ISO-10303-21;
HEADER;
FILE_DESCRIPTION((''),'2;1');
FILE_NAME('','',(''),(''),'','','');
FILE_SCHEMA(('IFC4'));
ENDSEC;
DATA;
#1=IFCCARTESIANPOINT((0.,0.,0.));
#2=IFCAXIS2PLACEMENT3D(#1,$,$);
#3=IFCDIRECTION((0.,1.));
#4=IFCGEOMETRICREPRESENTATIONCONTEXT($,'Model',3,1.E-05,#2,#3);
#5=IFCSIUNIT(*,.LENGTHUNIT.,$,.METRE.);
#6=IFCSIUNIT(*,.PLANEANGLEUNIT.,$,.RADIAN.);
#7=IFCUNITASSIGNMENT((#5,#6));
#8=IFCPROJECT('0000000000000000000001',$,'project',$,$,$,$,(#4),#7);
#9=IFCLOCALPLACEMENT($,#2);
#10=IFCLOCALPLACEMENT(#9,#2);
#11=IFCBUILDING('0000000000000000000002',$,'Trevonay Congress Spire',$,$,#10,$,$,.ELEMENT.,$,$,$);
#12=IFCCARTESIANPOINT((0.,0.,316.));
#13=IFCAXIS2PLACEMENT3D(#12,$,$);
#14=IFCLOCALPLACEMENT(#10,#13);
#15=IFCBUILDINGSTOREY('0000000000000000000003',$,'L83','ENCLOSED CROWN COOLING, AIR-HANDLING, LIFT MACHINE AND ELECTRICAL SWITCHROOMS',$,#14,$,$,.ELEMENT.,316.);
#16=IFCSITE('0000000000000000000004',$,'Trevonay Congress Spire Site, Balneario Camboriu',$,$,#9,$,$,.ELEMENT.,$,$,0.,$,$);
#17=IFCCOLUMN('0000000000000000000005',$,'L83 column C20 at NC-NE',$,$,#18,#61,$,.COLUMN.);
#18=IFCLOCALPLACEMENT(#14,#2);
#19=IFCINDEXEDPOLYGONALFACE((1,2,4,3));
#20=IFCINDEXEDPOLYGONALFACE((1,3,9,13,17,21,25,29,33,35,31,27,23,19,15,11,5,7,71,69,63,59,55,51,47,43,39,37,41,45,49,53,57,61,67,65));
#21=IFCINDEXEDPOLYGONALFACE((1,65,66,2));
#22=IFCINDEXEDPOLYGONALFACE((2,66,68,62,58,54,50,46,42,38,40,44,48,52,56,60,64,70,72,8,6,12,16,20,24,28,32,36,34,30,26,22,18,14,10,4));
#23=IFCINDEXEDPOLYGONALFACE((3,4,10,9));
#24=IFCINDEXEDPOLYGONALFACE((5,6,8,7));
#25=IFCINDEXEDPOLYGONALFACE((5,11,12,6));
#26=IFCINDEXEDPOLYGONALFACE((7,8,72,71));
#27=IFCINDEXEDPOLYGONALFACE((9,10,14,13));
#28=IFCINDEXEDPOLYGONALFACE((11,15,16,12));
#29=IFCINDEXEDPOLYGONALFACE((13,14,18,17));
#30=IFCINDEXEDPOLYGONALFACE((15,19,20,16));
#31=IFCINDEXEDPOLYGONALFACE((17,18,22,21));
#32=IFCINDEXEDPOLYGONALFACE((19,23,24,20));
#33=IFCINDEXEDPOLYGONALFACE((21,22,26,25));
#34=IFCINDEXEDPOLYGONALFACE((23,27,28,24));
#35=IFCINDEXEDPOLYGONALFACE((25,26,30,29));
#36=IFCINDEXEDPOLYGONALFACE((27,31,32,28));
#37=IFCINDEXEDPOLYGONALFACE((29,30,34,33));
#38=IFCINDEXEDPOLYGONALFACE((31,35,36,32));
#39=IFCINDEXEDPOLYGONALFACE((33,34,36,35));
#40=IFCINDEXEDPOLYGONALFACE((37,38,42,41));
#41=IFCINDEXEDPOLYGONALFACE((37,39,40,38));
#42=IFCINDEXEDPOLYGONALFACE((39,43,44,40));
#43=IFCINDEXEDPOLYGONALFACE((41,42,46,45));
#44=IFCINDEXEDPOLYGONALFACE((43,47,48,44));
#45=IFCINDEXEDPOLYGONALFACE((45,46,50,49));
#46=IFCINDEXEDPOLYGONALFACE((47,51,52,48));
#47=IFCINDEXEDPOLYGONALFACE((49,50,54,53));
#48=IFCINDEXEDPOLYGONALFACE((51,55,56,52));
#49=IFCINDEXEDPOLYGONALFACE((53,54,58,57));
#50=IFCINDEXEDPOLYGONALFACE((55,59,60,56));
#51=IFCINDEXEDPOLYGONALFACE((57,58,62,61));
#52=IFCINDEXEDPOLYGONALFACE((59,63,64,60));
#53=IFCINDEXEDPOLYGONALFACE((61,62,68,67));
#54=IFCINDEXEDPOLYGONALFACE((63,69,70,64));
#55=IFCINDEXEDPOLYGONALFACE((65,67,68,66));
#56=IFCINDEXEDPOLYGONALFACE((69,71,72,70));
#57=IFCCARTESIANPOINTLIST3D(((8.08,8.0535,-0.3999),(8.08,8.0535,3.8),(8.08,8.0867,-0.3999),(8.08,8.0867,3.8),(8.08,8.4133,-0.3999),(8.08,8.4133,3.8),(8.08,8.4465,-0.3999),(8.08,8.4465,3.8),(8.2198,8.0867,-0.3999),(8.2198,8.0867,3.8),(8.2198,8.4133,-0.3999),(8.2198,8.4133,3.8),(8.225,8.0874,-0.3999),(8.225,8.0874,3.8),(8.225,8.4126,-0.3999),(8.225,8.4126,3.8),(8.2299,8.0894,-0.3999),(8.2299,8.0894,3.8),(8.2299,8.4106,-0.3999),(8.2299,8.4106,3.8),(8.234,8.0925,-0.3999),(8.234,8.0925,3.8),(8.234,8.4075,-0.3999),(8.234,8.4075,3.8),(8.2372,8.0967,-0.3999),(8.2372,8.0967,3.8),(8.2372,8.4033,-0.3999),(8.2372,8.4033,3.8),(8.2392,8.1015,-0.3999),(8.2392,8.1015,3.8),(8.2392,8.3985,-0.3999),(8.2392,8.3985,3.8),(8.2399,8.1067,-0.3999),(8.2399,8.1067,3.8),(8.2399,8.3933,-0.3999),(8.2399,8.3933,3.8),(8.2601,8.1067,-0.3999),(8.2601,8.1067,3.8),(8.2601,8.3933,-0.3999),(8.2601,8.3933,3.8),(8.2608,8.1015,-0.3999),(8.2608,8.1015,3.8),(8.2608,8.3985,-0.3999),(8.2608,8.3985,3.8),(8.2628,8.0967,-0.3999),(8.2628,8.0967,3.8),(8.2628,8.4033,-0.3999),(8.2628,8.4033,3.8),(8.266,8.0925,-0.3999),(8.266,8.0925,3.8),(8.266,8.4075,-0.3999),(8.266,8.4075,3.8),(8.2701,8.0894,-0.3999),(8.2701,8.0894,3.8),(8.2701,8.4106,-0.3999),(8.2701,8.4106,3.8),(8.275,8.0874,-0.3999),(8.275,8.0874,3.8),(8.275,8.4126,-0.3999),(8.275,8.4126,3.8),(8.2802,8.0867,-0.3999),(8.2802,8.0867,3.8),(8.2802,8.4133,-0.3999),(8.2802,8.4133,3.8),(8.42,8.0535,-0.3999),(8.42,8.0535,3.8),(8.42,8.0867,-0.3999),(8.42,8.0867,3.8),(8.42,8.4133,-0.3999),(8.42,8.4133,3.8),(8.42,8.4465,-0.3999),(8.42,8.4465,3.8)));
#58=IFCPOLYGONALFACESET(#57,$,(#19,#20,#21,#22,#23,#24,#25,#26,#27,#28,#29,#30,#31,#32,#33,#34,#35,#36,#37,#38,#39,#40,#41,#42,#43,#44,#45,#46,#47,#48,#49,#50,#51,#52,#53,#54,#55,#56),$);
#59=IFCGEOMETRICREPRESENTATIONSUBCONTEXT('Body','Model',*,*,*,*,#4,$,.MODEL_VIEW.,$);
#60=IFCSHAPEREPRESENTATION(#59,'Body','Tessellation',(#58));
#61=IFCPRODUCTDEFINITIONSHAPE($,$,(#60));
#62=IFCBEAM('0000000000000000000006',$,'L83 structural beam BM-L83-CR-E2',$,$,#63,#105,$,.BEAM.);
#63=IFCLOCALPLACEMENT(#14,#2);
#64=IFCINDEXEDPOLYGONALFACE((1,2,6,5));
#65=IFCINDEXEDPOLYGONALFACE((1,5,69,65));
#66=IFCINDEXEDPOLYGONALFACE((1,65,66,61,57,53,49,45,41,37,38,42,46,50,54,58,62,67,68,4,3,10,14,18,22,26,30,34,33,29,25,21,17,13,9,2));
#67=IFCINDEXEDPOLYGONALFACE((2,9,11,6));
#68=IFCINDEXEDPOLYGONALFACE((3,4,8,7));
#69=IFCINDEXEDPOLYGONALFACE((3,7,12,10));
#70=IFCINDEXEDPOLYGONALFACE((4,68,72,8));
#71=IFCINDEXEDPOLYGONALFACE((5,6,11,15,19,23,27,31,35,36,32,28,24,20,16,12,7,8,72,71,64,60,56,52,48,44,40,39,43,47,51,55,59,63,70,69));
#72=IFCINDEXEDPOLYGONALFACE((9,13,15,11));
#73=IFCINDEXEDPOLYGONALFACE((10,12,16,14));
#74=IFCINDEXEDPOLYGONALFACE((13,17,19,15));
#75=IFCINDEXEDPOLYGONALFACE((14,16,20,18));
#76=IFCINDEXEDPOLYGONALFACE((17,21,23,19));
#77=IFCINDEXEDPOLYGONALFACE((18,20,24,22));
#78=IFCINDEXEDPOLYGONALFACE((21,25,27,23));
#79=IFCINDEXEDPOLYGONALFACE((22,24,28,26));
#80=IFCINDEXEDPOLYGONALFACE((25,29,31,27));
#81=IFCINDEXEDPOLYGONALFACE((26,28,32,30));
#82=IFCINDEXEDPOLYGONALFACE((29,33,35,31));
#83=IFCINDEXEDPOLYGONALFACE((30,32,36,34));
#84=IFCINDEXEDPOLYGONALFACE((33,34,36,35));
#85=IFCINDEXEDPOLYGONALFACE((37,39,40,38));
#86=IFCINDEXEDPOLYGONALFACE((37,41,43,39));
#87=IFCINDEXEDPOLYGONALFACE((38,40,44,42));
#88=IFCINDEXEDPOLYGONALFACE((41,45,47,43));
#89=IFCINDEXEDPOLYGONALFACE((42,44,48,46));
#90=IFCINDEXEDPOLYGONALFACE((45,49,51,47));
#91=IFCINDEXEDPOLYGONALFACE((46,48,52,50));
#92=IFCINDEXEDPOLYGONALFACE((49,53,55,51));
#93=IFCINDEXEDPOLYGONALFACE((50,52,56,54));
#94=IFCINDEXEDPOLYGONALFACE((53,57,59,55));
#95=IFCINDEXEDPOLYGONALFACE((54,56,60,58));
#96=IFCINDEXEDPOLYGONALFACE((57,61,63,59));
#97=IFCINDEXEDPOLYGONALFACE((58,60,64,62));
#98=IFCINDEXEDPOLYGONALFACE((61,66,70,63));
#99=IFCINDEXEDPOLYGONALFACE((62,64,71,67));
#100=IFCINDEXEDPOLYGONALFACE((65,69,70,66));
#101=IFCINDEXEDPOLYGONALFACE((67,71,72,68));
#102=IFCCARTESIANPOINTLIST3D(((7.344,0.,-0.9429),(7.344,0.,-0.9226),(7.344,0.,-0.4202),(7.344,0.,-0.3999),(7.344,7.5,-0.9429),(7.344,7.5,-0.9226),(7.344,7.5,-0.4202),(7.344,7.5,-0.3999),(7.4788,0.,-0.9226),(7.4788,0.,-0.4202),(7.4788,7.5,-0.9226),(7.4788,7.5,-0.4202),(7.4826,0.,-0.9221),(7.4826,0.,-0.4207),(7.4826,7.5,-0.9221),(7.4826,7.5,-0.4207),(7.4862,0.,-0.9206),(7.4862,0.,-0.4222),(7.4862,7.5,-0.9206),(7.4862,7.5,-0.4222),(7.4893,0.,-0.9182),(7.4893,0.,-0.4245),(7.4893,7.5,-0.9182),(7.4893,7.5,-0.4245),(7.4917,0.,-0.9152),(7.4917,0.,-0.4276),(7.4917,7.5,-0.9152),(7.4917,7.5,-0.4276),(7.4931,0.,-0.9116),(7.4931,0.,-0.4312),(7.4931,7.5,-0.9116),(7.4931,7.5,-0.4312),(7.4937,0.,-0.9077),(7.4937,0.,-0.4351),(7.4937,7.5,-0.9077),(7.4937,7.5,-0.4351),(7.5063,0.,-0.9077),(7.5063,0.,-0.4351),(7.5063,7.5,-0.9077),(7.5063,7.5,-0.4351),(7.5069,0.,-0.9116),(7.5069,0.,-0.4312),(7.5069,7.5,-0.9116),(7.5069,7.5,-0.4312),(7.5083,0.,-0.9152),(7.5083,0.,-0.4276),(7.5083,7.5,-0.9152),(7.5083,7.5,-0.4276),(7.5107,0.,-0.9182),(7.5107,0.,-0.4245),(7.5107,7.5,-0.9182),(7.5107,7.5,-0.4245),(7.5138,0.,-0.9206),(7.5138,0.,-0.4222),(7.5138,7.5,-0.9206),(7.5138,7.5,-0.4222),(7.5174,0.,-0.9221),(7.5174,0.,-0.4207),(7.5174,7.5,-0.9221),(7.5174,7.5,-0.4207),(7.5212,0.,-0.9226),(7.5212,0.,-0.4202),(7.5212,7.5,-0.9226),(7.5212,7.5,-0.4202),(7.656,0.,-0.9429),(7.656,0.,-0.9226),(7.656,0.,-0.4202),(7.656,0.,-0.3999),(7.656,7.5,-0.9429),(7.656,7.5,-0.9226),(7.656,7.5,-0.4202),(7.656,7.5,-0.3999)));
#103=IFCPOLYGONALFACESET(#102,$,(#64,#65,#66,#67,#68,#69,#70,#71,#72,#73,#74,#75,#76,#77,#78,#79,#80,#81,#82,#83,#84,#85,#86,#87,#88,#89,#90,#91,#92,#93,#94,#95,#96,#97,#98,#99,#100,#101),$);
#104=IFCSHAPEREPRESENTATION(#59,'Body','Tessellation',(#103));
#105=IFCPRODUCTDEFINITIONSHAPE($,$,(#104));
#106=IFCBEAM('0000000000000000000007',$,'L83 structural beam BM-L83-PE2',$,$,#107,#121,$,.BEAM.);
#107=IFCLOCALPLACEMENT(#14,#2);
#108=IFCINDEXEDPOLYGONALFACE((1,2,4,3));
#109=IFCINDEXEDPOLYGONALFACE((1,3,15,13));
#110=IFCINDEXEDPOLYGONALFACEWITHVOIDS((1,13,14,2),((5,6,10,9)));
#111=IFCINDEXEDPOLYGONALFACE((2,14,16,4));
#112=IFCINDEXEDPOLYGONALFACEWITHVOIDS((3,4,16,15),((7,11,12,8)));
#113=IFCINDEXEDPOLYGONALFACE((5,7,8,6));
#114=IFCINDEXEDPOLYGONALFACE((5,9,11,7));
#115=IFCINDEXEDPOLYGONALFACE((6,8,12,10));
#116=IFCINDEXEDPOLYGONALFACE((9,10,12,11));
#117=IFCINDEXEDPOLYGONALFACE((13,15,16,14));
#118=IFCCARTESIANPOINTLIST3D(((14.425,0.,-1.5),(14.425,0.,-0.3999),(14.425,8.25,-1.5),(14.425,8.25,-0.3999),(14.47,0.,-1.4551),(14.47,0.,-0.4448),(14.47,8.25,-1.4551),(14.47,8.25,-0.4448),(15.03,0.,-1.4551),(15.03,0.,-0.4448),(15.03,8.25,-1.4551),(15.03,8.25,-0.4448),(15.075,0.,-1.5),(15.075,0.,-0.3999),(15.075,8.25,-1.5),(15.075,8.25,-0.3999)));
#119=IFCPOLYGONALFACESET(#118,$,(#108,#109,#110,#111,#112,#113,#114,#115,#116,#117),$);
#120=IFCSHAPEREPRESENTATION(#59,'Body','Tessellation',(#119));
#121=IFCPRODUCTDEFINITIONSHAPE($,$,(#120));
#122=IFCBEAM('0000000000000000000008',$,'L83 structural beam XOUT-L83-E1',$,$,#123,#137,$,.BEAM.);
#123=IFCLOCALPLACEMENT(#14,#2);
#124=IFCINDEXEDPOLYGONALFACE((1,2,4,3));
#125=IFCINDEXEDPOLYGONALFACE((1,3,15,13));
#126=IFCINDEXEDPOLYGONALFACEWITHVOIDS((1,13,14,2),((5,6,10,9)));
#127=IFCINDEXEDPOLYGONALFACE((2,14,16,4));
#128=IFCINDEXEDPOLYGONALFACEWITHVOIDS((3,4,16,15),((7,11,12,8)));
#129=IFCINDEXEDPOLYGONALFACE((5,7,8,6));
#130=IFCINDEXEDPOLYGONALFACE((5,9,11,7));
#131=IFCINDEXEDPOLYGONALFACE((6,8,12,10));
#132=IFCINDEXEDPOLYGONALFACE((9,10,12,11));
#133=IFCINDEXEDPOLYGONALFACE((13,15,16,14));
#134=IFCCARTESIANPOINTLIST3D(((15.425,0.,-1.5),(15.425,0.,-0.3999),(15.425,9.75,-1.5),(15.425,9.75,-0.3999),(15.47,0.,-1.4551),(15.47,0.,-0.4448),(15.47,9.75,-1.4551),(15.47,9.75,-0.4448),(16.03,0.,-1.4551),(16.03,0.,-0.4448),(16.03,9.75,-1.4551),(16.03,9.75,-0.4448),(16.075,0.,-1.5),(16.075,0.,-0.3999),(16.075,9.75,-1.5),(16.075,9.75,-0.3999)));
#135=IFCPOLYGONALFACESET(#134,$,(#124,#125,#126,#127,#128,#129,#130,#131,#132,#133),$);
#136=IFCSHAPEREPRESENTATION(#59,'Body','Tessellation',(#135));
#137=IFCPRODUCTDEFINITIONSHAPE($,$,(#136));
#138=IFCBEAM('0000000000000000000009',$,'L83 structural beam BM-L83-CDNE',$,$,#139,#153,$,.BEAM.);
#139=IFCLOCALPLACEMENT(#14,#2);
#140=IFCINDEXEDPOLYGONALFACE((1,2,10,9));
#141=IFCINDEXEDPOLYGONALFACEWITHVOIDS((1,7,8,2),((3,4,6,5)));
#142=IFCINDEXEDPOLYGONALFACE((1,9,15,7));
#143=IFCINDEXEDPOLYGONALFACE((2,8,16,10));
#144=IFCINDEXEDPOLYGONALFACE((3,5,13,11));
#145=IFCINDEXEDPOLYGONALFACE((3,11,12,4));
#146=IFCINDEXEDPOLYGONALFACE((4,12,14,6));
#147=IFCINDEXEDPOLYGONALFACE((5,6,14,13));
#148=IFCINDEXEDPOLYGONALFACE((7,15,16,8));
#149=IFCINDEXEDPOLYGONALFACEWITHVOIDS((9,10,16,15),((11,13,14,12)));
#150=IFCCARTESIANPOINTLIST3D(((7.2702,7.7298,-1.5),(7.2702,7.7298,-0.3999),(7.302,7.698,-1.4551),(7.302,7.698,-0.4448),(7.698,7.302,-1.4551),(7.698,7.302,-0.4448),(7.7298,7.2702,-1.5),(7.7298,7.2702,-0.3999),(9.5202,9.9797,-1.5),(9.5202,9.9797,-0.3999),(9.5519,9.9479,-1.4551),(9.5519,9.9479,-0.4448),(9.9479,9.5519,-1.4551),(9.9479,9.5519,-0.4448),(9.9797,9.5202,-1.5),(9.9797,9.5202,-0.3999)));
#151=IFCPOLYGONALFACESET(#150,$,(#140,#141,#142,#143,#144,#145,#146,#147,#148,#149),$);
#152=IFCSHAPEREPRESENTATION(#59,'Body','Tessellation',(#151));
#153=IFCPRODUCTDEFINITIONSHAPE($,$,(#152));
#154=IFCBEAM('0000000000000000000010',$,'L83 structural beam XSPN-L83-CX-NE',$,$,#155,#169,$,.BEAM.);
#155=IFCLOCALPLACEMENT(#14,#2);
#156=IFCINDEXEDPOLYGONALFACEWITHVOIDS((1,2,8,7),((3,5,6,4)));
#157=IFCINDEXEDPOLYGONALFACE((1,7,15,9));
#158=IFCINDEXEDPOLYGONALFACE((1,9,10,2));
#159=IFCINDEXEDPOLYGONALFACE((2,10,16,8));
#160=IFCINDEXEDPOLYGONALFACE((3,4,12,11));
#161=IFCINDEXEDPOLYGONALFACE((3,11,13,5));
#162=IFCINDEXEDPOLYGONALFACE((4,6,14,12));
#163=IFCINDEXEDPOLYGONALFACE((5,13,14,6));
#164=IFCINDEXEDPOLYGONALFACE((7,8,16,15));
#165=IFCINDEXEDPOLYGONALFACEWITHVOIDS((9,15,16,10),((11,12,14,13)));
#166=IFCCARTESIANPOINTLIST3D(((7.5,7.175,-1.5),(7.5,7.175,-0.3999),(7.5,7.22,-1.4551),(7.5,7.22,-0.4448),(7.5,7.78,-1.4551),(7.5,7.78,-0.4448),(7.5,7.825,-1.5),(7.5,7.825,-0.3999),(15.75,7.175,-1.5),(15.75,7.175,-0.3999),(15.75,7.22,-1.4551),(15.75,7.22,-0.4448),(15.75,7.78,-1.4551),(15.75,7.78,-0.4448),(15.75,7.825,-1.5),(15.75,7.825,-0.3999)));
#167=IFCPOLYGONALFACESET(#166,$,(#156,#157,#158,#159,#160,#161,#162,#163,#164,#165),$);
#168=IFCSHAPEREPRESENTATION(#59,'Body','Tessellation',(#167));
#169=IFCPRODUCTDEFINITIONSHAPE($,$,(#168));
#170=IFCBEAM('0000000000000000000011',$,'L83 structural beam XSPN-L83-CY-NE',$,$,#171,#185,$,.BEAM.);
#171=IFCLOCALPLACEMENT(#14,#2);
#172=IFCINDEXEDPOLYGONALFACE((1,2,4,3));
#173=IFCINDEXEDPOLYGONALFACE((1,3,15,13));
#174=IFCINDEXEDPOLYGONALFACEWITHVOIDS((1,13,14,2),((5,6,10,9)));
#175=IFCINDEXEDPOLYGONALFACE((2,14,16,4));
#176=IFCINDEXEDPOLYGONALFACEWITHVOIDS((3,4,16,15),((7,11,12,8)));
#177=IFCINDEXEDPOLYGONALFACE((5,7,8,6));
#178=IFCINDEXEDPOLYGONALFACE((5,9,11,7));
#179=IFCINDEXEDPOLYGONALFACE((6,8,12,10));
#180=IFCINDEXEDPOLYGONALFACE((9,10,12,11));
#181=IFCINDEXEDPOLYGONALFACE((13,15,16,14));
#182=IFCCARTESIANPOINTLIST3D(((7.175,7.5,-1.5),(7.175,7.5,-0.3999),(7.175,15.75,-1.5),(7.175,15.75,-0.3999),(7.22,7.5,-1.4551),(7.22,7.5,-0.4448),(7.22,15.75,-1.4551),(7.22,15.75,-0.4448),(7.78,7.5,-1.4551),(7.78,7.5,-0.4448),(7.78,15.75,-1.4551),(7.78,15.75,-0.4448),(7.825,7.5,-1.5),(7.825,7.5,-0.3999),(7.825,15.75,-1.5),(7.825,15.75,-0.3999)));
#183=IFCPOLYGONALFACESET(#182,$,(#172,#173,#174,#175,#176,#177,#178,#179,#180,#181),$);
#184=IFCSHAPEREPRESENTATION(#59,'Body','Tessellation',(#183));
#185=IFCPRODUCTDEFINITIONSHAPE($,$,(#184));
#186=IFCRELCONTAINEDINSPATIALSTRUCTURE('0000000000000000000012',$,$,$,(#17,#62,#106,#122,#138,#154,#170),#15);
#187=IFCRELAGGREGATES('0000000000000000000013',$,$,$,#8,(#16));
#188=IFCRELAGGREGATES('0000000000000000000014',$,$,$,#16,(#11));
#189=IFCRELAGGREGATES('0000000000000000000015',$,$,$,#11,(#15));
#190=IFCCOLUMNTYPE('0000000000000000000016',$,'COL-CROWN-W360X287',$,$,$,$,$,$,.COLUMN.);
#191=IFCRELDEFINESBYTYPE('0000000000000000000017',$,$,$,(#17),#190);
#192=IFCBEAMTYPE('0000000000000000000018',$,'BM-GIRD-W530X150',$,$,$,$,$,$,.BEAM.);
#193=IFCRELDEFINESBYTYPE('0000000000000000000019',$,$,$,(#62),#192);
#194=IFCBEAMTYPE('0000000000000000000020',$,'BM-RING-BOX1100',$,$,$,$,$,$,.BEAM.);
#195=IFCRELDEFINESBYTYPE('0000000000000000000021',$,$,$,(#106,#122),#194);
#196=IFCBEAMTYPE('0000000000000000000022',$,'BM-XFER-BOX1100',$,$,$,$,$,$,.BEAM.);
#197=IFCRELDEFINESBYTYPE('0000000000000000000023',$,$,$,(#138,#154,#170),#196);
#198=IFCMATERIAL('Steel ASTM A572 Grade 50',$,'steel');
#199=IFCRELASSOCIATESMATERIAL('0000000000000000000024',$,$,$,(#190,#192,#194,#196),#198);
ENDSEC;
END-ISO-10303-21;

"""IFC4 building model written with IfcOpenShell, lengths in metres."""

from ifc_helpers import new_model, si_unit, direction, frame, origin, origin_2d, place, context, subcontext, project, spatial, hollow_rectangle, i_section, extrude, material, material_profile, profile_set, type_object, element, save


model = new_model("IFC4")

# Units and contexts
model_context = context("Model", 3, precision=1e-05, world=origin(), true_north=direction((0.0, 1.0)))
body_context = subcontext(model_context, "Body", "Model", "MODEL_VIEW")
ifc_project = project(units=[si_unit("LENGTHUNIT", "METRE"), si_unit("PLANEANGLEUNIT", "RADIAN")], contexts=[model_context])

# Site, building, storey
site_placement = place(None, origin())
site = spatial("IfcSite", under=ifc_project, at=site_placement, Name="Trevonay Congress Spire Site, Balneario Camboriu", CompositionType="ELEMENT", RefElevation=0.0)
building_placement = place(site_placement, origin())
building = spatial("IfcBuilding", under=site, at=building_placement, Name="Trevonay Congress Spire", CompositionType="ELEMENT")
storey_placement = place(building_placement, frame((0.0, 0.0, 316.0)))
storey = spatial("IfcBuildingStorey", under=building, at=storey_placement, Name="L83", Description="ENCLOSED CROWN COOLING, AIR-HANDLING, LIFT MACHINE AND ELECTRICAL SWITCHROOMS", CompositionType="ELEMENT", Elevation=316.0)

# Column
ifc_material_1 = material(Name="Steel ASTM A572 Grade 50", Category="steel")
ifc_material_profile_1 = material_profile(ifc_material_1, i_section(OverallWidth=0.3401, OverallDepth=0.3931, WebThickness=0.0203, FlangeThickness=0.0332, FilletRadius=0.02, at=origin_2d()), Name="W360x287")
ifc_profile_set_1 = profile_set([ifc_material_profile_1], Name="Steel ASTM A572 Grade 50")
column_type_1 = type_object("IfcColumnType", Name="COL-CROWN-W360X287", PredefinedType="COLUMN", material=ifc_profile_set_1)
column_placement = place(storey_placement, frame((8.25, 8.25, -0.3999), z_axis=(0.0, 0.0, 1.0), x_axis=(1.0, 0.0, 0.0)))
element("IfcColumn", 1, at=column_placement, inside=storey, type_object=column_type_1, Name="L83 column C20 at NC-NE", PredefinedType="COLUMN", context=body_context, shape_type="SweptSolid", body=[
    extrude(i_section(OverallWidth=0.3401, OverallDepth=0.3931, WebThickness=0.0203, FlangeThickness=0.0332, FilletRadius=0.02, at=origin_2d()), origin(), (0.0, 0.0, 1.0), 4.2),
])

# Beams
ifc_material_profile_2 = material_profile(ifc_material_1, i_section(OverallWidth=0.312, OverallDepth=0.543, WebThickness=0.0127, FlangeThickness=0.0203, FilletRadius=0.0149, at=origin_2d()), Name="W530x150")
ifc_profile_set_2 = profile_set([ifc_material_profile_2], Name="Steel ASTM A572 Grade 50")
beam_type_1 = type_object("IfcBeamType", Name="BM-GIRD-W530X150", PredefinedType="BEAM", material=ifc_profile_set_2)
beam_1_placement = place(storey_placement, frame((7.5, 0.0, -0.6714), z_axis=(0.0, 1.0, 0.0), x_axis=(-1.0, 0.0, 0.0)))
element("IfcBeam", 2, at=beam_1_placement, inside=storey, type_object=beam_type_1, Name="L83 structural beam BM-L83-CR-E2", PredefinedType="BEAM", context=body_context, shape_type="SweptSolid", body=[
    extrude(i_section(OverallWidth=0.312, OverallDepth=0.543, WebThickness=0.0127, FlangeThickness=0.0203, FilletRadius=0.0149, at=origin_2d()), origin(), (0.0, 0.0, 1.0), 7.5),
])
ifc_material_profile_3 = material_profile(ifc_material_1, hollow_rectangle(XDim=0.6499, YDim=1.1001, WallThickness=0.0449, at=origin_2d()), Name="BOX 1100x650x45")
ifc_profile_set_3 = profile_set([ifc_material_profile_3], Name="Steel ASTM A572 Grade 50")
beam_type_2 = type_object("IfcBeamType", Name="BM-RING-BOX1100", PredefinedType="BEAM", material=ifc_profile_set_3)
beam_2_placement = place(storey_placement, frame((14.75, 0.0, -0.95), z_axis=(0.0, 1.0, 0.0), x_axis=(-1.0, 0.0, 0.0)))
element("IfcBeam", 3, at=beam_2_placement, inside=storey, type_object=beam_type_2, Name="L83 structural beam BM-L83-PE2", PredefinedType="BEAM", context=body_context, shape_type="SweptSolid", body=[
    extrude(hollow_rectangle(XDim=0.6499, YDim=1.1001, WallThickness=0.0449, at=origin_2d()), origin(), (0.0, 0.0, 1.0), 8.25),
])
beam_3_placement = place(storey_placement, frame((15.75, 0.0, -0.95), z_axis=(0.0, 1.0, 0.0), x_axis=(-1.0, 0.0, 0.0)))
element("IfcBeam", 4, at=beam_3_placement, inside=storey, type_object=beam_type_2, Name="L83 structural beam XOUT-L83-E1", PredefinedType="BEAM", context=body_context, shape_type="SweptSolid", body=[
    extrude(hollow_rectangle(XDim=0.6499, YDim=1.1001, WallThickness=0.0449, at=origin_2d()), origin(), (0.0, 0.0, 1.0), 9.75),
])
ifc_material_profile_4 = material_profile(ifc_material_1, hollow_rectangle(XDim=0.6499, YDim=1.1001, WallThickness=0.0449, at=origin_2d()), Name="BOX 1100x650x45")
ifc_profile_set_4 = profile_set([ifc_material_profile_4], Name="Steel ASTM A572 Grade 50")
beam_type_3 = type_object("IfcBeamType", Name="BM-XFER-BOX1100", PredefinedType="BEAM", material=ifc_profile_set_4)
beam_4_placement = place(storey_placement, frame((7.5, 7.5, -0.95), z_axis=(0.707107, 0.707107, 0.0), x_axis=(-0.707107, 0.707107, 0.0)))
element("IfcBeam", 5, at=beam_4_placement, inside=storey, type_object=beam_type_3, Name="L83 structural beam BM-L83-CDNE", PredefinedType="BEAM", context=body_context, shape_type="SweptSolid", body=[
    extrude(hollow_rectangle(XDim=0.6499, YDim=1.1001, WallThickness=0.0449, at=origin_2d()), origin(), (0.0, 0.0, 1.0), 3.1819),
])
for number, where, z_axis, x_axis, name in (
    (6, (7.5, 7.5, -0.95), (1.0, 0.0, 0.0), (0.0, 1.0, 0.0), "L83 structural beam XSPN-L83-CX-NE"),
    (7, (7.5, 7.5, -0.95), (0.0, 1.0, 0.0), (-1.0, 0.0, 0.0), "L83 structural beam XSPN-L83-CY-NE"),
):
    element("IfcBeam", number, at=place(storey_placement, frame(where, z_axis=z_axis, x_axis=x_axis)), inside=storey, type_object=beam_type_3, Name=name, PredefinedType="BEAM", context=body_context, shape_type="SweptSolid", body=[
        extrude(hollow_rectangle(XDim=0.6499, YDim=1.1001, WallThickness=0.0449, at=origin_2d()), origin(), (0.0, 0.0, 1.0), 8.25),
    ])

save(model, "model.ifc")
